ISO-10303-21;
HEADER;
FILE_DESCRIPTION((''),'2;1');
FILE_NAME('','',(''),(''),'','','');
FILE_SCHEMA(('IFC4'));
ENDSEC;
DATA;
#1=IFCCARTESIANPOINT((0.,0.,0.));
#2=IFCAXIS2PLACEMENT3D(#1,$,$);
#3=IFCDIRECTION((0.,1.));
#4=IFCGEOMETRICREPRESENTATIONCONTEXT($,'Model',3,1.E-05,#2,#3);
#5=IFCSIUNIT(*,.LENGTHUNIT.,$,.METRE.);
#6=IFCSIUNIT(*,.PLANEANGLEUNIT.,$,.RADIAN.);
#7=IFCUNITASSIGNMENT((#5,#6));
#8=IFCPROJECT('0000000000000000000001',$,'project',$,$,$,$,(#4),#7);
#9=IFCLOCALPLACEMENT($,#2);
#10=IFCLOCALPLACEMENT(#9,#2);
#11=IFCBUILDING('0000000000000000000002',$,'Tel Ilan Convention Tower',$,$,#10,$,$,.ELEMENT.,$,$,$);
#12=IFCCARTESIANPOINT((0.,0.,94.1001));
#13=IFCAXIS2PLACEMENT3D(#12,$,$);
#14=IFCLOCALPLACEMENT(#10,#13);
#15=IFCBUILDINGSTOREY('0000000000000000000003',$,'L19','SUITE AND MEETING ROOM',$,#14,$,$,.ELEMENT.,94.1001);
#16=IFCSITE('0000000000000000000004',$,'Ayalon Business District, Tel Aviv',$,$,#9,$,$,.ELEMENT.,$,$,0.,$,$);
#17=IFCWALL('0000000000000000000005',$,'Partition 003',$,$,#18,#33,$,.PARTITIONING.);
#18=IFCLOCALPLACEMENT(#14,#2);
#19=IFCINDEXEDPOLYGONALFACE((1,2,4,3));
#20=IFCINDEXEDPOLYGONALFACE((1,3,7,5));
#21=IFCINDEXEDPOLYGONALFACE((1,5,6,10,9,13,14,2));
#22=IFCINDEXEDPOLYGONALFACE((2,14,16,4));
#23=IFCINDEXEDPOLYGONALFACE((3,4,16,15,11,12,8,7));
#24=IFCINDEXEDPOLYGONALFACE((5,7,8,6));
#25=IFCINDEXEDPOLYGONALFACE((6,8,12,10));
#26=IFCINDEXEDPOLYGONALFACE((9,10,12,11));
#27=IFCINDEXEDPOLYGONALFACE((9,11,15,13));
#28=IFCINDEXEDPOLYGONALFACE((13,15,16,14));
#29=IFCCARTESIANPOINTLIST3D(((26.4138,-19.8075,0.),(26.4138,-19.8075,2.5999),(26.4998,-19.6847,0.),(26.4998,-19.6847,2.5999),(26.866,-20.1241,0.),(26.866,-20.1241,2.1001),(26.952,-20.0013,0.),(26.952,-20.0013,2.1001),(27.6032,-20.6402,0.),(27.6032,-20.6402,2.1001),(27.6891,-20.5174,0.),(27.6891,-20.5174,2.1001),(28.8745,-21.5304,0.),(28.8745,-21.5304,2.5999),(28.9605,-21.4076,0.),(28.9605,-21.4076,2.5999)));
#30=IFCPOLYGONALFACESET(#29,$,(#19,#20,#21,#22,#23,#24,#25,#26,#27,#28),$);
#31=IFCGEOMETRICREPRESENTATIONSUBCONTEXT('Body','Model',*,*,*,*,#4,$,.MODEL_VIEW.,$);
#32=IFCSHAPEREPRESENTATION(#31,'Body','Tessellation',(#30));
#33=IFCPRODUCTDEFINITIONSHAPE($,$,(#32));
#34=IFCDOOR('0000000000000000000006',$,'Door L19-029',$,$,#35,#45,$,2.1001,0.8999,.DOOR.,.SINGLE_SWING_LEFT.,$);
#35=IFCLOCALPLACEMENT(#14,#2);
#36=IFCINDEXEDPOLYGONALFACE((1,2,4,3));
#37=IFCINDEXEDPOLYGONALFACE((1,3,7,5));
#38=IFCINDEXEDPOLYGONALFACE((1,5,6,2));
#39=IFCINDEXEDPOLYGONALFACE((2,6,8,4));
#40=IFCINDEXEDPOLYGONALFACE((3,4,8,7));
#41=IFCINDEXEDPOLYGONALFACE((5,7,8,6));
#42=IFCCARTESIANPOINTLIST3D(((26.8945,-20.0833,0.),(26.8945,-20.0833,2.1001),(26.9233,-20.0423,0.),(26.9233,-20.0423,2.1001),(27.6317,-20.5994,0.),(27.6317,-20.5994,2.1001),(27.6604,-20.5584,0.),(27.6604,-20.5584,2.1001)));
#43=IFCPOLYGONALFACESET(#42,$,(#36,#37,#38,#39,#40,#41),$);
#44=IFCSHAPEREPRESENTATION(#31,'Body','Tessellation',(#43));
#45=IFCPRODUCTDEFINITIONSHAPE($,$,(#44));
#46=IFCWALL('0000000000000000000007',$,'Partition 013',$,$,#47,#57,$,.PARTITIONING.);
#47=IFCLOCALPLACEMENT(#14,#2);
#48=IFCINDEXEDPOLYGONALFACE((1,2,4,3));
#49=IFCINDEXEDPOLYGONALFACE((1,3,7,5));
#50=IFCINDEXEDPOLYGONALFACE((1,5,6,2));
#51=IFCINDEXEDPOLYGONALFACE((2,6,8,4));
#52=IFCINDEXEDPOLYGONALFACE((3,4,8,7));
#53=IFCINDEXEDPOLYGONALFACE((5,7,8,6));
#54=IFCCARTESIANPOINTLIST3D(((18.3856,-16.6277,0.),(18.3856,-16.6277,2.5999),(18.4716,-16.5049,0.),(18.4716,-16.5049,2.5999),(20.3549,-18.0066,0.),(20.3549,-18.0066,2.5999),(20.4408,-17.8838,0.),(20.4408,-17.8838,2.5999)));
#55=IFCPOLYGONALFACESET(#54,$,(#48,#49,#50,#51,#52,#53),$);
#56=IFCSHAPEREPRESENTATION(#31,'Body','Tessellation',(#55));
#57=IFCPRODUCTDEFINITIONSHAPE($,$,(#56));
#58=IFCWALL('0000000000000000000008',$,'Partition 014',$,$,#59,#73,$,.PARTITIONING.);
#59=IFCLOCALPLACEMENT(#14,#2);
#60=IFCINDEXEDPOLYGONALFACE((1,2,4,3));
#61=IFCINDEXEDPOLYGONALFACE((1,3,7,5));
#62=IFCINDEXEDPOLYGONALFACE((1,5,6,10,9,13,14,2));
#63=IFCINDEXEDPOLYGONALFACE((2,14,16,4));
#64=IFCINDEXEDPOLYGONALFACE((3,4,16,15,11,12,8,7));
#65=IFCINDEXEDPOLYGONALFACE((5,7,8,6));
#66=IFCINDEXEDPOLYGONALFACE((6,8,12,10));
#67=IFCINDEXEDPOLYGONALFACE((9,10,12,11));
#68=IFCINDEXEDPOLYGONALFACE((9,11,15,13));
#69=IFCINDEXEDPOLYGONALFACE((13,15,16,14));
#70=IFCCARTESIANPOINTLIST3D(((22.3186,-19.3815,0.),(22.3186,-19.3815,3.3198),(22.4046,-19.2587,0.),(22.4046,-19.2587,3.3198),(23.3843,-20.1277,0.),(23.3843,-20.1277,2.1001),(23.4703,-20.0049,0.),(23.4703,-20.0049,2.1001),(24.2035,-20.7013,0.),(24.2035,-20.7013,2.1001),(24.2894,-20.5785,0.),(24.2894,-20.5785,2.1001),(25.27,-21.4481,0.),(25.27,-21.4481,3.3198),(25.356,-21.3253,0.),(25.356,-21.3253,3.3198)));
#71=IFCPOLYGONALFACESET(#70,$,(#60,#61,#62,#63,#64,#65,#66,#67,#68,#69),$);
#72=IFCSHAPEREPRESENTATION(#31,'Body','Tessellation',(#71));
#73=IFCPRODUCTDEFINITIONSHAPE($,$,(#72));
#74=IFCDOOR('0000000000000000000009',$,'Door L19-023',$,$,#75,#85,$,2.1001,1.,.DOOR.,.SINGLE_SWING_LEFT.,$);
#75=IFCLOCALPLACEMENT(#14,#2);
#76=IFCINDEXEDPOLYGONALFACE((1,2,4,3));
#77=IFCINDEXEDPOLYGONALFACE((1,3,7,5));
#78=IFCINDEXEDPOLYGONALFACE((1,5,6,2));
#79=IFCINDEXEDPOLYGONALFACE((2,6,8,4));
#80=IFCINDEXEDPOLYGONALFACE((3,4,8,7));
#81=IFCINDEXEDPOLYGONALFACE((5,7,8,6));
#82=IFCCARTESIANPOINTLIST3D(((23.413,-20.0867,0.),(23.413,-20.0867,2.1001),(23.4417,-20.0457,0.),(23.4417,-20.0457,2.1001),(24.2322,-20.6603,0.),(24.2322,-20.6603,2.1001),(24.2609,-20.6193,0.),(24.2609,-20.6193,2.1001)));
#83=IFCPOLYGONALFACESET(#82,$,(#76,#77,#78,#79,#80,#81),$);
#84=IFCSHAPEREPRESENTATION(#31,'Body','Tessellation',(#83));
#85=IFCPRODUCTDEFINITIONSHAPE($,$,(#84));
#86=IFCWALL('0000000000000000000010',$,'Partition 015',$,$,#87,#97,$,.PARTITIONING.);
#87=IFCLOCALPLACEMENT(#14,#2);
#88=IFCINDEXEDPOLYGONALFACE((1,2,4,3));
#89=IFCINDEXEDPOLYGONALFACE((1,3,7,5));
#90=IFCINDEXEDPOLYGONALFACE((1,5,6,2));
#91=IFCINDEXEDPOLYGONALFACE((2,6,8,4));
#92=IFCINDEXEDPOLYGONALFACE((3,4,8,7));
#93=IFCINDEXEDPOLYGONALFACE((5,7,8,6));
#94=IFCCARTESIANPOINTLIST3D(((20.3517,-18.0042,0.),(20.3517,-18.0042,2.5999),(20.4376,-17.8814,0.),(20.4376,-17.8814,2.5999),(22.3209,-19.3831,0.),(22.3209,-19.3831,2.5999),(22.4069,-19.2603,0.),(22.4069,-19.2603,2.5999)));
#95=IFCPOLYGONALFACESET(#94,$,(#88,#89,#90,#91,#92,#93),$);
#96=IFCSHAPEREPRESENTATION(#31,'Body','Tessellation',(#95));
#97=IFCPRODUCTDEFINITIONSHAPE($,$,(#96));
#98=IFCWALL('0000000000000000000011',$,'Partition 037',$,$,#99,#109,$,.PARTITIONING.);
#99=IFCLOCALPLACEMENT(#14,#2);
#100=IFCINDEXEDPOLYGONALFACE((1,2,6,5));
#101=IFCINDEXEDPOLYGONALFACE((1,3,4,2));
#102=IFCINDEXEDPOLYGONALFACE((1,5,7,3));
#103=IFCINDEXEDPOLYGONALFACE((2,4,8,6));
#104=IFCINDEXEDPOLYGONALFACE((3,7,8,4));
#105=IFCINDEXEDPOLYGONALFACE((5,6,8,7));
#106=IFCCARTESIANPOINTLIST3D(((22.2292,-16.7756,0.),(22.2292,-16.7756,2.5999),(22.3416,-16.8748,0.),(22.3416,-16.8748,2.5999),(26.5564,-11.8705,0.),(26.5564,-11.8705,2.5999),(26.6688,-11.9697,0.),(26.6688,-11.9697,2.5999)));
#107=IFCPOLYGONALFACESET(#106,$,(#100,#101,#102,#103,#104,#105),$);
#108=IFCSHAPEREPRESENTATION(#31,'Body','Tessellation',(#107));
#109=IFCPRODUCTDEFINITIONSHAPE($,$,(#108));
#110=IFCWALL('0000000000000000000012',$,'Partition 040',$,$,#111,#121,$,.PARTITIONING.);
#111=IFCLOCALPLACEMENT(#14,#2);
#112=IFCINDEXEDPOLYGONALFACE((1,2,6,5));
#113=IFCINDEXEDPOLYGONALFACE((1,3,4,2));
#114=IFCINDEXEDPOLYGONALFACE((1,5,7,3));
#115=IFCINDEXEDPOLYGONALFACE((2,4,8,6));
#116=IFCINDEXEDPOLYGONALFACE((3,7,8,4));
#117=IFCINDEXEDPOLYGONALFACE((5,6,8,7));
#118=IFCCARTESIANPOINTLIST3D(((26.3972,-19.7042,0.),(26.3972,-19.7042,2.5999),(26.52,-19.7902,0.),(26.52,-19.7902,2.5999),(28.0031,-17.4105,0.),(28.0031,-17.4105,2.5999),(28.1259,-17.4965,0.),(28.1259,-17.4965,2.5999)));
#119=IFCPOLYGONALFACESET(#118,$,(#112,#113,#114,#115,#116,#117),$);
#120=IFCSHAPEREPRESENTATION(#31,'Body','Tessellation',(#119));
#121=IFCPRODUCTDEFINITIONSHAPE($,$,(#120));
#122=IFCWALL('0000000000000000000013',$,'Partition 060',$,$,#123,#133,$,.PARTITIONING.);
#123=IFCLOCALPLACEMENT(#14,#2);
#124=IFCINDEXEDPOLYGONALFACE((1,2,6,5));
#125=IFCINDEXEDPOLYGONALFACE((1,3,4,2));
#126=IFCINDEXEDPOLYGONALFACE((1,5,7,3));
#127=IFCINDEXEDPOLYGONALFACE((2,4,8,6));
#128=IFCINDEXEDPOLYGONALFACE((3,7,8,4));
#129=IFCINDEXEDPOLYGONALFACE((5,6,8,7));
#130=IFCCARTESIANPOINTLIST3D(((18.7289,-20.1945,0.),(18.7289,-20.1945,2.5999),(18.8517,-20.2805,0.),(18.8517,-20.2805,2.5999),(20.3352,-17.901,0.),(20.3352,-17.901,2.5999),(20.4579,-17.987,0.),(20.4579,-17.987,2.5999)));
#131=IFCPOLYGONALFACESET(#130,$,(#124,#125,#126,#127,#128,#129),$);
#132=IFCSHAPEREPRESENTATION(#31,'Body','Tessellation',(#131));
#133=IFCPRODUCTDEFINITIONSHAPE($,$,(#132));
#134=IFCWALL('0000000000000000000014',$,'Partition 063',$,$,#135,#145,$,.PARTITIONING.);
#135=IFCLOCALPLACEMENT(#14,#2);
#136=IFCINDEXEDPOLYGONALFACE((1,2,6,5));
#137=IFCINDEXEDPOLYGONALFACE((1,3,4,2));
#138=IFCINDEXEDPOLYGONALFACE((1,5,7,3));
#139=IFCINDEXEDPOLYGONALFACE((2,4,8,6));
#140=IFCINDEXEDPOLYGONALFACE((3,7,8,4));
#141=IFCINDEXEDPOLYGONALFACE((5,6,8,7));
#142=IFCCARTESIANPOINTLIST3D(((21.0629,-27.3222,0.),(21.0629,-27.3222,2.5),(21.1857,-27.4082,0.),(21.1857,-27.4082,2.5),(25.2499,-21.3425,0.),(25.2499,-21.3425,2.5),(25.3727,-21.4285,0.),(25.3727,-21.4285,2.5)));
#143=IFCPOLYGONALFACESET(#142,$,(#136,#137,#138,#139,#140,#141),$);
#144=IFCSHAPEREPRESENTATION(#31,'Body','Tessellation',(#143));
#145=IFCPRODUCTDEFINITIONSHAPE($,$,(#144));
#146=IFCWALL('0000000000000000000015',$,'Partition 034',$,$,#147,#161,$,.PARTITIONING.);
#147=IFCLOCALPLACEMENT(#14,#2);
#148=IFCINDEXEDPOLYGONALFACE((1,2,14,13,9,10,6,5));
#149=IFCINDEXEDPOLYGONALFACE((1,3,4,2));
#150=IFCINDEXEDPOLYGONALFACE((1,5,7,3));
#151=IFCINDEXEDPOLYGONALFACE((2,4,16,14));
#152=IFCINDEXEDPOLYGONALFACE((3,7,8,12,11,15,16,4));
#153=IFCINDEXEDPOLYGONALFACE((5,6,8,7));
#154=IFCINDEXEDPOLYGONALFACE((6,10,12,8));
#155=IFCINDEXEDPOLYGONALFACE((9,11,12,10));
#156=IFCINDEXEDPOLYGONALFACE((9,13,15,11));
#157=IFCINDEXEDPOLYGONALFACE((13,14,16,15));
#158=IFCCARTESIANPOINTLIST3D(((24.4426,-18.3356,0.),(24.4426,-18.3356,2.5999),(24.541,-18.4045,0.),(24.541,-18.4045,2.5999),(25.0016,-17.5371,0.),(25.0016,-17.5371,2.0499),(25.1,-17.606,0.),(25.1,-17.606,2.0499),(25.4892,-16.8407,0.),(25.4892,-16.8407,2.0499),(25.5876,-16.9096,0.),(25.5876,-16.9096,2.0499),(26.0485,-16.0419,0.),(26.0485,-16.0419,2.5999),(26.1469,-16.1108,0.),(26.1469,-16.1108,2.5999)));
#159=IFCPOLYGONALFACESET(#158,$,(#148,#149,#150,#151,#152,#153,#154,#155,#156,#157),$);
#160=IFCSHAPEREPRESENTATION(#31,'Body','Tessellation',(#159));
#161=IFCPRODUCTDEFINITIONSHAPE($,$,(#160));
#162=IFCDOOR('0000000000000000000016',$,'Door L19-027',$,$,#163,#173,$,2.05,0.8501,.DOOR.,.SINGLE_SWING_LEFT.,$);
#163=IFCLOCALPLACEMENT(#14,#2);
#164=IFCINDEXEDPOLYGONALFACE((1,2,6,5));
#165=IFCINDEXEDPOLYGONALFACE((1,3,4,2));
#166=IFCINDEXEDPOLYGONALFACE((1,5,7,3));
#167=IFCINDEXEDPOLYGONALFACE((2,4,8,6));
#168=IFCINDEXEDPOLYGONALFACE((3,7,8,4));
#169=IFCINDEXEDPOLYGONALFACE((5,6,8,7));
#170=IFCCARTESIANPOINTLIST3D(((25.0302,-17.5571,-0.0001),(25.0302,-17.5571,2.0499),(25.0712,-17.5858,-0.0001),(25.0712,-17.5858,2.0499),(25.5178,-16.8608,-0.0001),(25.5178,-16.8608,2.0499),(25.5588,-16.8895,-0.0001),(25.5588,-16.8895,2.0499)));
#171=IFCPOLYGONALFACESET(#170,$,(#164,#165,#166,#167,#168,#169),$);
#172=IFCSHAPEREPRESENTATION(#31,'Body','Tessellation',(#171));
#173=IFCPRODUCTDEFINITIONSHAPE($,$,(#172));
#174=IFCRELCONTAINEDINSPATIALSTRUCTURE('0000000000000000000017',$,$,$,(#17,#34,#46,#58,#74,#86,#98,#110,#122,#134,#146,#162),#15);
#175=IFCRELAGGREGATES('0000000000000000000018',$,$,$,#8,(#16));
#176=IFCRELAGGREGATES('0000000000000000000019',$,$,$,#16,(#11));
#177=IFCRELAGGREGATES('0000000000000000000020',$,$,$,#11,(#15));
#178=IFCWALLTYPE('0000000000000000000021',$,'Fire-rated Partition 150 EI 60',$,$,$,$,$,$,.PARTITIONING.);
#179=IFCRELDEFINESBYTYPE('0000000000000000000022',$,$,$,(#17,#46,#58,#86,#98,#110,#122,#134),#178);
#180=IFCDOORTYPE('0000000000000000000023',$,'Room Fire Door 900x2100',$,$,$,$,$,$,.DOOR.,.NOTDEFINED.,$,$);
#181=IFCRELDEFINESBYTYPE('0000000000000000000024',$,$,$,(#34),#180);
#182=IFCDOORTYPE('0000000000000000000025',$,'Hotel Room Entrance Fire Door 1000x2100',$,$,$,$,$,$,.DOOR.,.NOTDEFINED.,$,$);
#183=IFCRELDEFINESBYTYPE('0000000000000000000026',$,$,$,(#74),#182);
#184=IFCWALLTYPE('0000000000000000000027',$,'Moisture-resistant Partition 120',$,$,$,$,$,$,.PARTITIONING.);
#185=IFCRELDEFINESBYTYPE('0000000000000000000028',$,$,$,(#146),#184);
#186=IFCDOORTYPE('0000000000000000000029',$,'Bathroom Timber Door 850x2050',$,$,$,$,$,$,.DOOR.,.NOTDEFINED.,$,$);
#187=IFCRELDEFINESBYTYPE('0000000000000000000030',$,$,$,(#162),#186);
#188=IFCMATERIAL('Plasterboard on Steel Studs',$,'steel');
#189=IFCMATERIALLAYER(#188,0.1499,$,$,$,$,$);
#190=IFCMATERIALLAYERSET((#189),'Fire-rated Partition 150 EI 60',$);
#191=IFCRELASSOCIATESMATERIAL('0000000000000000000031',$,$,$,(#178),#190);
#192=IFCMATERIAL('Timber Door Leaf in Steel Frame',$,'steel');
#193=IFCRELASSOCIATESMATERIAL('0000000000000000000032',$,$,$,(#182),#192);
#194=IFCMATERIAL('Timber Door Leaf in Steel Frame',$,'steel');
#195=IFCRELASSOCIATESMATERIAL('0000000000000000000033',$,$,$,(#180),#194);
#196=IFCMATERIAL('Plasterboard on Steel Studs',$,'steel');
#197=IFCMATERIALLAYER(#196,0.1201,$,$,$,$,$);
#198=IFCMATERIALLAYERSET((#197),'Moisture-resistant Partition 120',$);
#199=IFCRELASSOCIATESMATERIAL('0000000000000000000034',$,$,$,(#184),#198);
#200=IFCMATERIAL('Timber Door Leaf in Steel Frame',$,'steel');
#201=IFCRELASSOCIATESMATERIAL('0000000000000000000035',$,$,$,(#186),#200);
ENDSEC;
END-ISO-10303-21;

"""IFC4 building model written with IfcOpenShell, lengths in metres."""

from ifc_helpers import new_model, si_unit, direction, frame, frame_2d, origin, place, context, subcontext, project, spatial, rectangle, extrude, material, layer, layer_set, type_object, element, fill, save


model = new_model("IFC4")

# Units and contexts
model_context = context("Model", 3, precision=1e-05, world=origin(), true_north=direction((0.0, 1.0)))
body_context = subcontext(model_context, "Body", "Model", "MODEL_VIEW")
ifc_project = project(units=[si_unit("LENGTHUNIT", "METRE"), si_unit("PLANEANGLEUNIT", "RADIAN")], contexts=[model_context])

# Site, building, storey
site_placement = place(None, origin())
site = spatial("IfcSite", under=ifc_project, at=site_placement, Name="Ayalon Business District, Tel Aviv", CompositionType="ELEMENT", RefElevation=0.0)
building_placement = place(site_placement, origin())
building = spatial("IfcBuilding", under=site, at=building_placement, Name="Tel Ilan Convention Tower", CompositionType="ELEMENT")
storey_placement = place(building_placement, frame((0.0, 0.0, 94.1001)))
storey = spatial("IfcBuildingStorey", under=building, at=storey_placement, Name="L19", Description="SUITE AND MEETING ROOM", CompositionType="ELEMENT", Elevation=94.1001)

# Shared definitions
ifc_material_1 = material(Name="Plasterboard on Steel Studs", Category="steel")
ifc_layer_1 = layer(ifc_material_1, 0.1499)
ifc_layer_set_1 = layer_set([ifc_layer_1], Name="Fire-rated Partition 150 EI 60")
wall_type_1 = type_object("IfcWallType", Name="Fire-rated Partition 150 EI 60", PredefinedType="PARTITIONING", material=ifc_layer_set_1)
ifc_material_2 = material(Name="Timber Door Leaf in Steel Frame", Category="steel")
door_type_1 = type_object("IfcDoorType", Name="Hotel Room Entrance Fire Door 1000x2100", OperationType="NOTDEFINED", PredefinedType="DOOR", material=ifc_material_2)

# Wall, opening, door
wall_1_placement = place(storey_placement, frame((26.4568, -19.7461, 0.0), z_axis=(0.0, 0.0, 1.0), x_axis=(0.819167, -0.573555, 0.0)))
wall_1 = element("IfcWall", 1, at=wall_1_placement, inside=storey, type_object=wall_type_1, Name="Partition 003", PredefinedType="PARTITIONING", context=body_context, shape_type="SweptSolid", body=[
    extrude(rectangle(XDim=3.0039, YDim=0.1499, at=frame_2d((1.502, 0.0))), origin(), (0.0, 0.0, 1.0), 2.5999),
])
opening_1_placement = place(wall_1_placement, frame((0.552, 0.0, 0.0)))
opening_1 = element("IfcOpeningElement", 2, at=opening_1_placement, cuts=wall_1, PredefinedType="OPENING", context=body_context, shape_type="SweptSolid", body=[
    extrude(rectangle(XDim=0.8999, YDim=2.1001, at=frame_2d((0.45, 1.05))), frame((0.0, 0.085, 0.0), z_axis=(0.0, -1.0, 0.0), x_axis=(1.0, 0.0, 0.0)), (0.0, 0.0, 1.0), 0.1699),
])
ifc_material_3 = material(Name="Timber Door Leaf in Steel Frame", Category="steel")
door_type_2 = type_object("IfcDoorType", Name="Room Fire Door 900x2100", OperationType="NOTDEFINED", PredefinedType="DOOR", material=ifc_material_3)
door_1_placement = place(opening_1_placement, origin())
door_1 = element("IfcDoor", 3, at=door_1_placement, inside=storey, type_object=door_type_2, Name="Door L19-029", OperationType="SINGLE_SWING_LEFT", OverallHeight=2.1001, OverallWidth=0.8999, PredefinedType="DOOR", context=body_context, shape_type="SweptSolid", body=[
    extrude(rectangle(XDim=0.8999, YDim=2.1001, at=frame_2d((0.45, 1.05))), frame((0.0, 0.0249, 0.0), z_axis=(0.0, -1.0, 0.0), x_axis=(1.0, 0.0, 0.0)), (0.0, 0.0, 1.0), 0.05),
])
fill(opening_1, door_1)

# Wall
wall_2_placement = place(storey_placement, frame((20.3979, -17.9453, 0.0), z_axis=(0.0, 0.0, 1.0), x_axis=(-0.819146, 0.573585, 0.0)))
element("IfcWall", 4, at=wall_2_placement, inside=storey, type_object=wall_type_1, Name="Partition 013", PredefinedType="PARTITIONING", context=body_context, shape_type="SweptSolid", body=[
    extrude(rectangle(XDim=2.4041, YDim=0.1499, at=frame_2d((1.2021, 0.0))), origin(), (0.0, 0.0, 1.0), 2.5999),
])

# Wall, opening, door
wall_3_placement = place(storey_placement, frame((25.313, -21.3867, 0.0), z_axis=(0.0, 0.0, 1.0), x_axis=(-0.819146, 0.573585, 0.0)))
wall_3 = element("IfcWall", 5, at=wall_3_placement, inside=storey, type_object=wall_type_1, Name="Partition 014", PredefinedType="PARTITIONING", context=body_context, shape_type="SweptSolid", body=[
    extrude(rectangle(XDim=3.603, YDim=0.1499, at=frame_2d((1.8015, 0.0))), origin(), (0.0, 0.0, 1.0), 3.3198),
])
opening_2_placement = place(wall_3_placement, frame((1.302, 0.0, 0.0)))
opening_2 = element("IfcOpeningElement", 6, at=opening_2_placement, cuts=wall_3, PredefinedType="OPENING", context=body_context, shape_type="SweptSolid", body=[
    extrude(rectangle(XDim=1.0, YDim=2.1001, at=frame_2d((0.5, 1.05))), frame((0.0, 0.085, 0.0), z_axis=(0.0, -1.0, 0.0), x_axis=(1.0, 0.0, 0.0)), (0.0, 0.0, 1.0), 0.1699),
])
door_2_placement = place(opening_2_placement, origin())
door_2 = element("IfcDoor", 7, at=door_2_placement, inside=storey, type_object=door_type_1, Name="Door L19-023", OperationType="SINGLE_SWING_LEFT", OverallHeight=2.1001, OverallWidth=1.0, PredefinedType="DOOR", context=body_context, shape_type="SweptSolid", body=[
    extrude(rectangle(XDim=1.0, YDim=2.1001, at=frame_2d((0.5, 1.05))), frame((0.0, 0.0249, 0.0), z_axis=(0.0, -1.0, 0.0), x_axis=(1.0, 0.0, 0.0)), (0.0, 0.0, 1.0), 0.05),
])
fill(opening_2, door_2)

# Walls
wall_4_placement = place(storey_placement, frame((22.364, -19.3218, 0.0), z_axis=(0.0, 0.0, 1.0), x_axis=(-0.819146, 0.573585, 0.0)))
element("IfcWall", 8, at=wall_4_placement, inside=storey, type_object=wall_type_1, Name="Partition 015", PredefinedType="PARTITIONING", context=body_context, shape_type="SweptSolid", body=[
    extrude(rectangle(XDim=2.4041, YDim=0.1499, at=frame_2d((1.2021, 0.0))), origin(), (0.0, 0.0, 1.0), 2.5999),
])
wall_5_placement = place(storey_placement, frame((22.2854, -16.8252, 0.0), z_axis=(0.0, 0.0, 1.0), x_axis=(0.661551, 0.7499, 0.0)))
element("IfcWall", 9, at=wall_5_placement, inside=storey, type_object=wall_type_1, Name="Partition 037", PredefinedType="PARTITIONING", context=body_context, shape_type="SweptSolid", body=[
    extrude(rectangle(XDim=6.541, YDim=0.1499, at=frame_2d((3.2705, 0.0))), origin(), (0.0, 0.0, 1.0), 2.5999),
])
for number, where, z_axis, x_axis, name in (
    (10, (28.0645, -17.4536, 0.0), (0.0, 0.0, 1.0), (-0.57355, -0.81917, 0.0), "Partition 040"),
    (11, (20.3965, -17.9441, 0.0), (0.0, 0.0, 1.0), (-0.57365, -0.819101, 0.0), "Partition 060"),
):
    element("IfcWall", number, at=place(storey_placement, frame(where, z_axis=z_axis, x_axis=x_axis)), inside=storey, type_object=wall_type_1, Name=name, PredefinedType="PARTITIONING", context=body_context, shape_type="SweptSolid", body=[
        extrude(rectangle(XDim=2.8, YDim=0.1499, at=frame_2d((1.3999, 0.0))), origin(), (0.0, 0.0, 1.0), 2.5999),
    ])
wall_6_placement = place(storey_placement, frame((25.3113, -21.3855, 0.0), z_axis=(0.0, 0.0, 1.0), x_axis=(-0.573572, -0.819155, 0.0)))
element("IfcWall", 12, at=wall_6_placement, inside=storey, type_object=wall_type_1, Name="Partition 063", PredefinedType="PARTITIONING", context=body_context, shape_type="SweptSolid", body=[
    extrude(rectangle(XDim=7.2998, YDim=0.1499, at=frame_2d((3.6499, 0.0))), origin(), (0.0, 0.0, 1.0), 2.5),
])

# Wall, opening, door
ifc_material_4 = material(Name="Plasterboard on Steel Studs", Category="steel")
ifc_layer_2 = layer(ifc_material_4, 0.1201)
ifc_layer_set_2 = layer_set([ifc_layer_2], Name="Moisture-resistant Partition 120")
wall_type_2 = type_object("IfcWallType", Name="Moisture-resistant Partition 120", PredefinedType="PARTITIONING", material=ifc_layer_set_2)
wall_7_placement = place(storey_placement, frame((26.0977, -16.0764, 0.0), z_axis=(0.0, 0.0, 1.0), x_axis=(-0.57355, -0.81917, 0.0)))
wall_7 = element("IfcWall", 13, at=wall_7_placement, inside=storey, type_object=wall_type_2, Name="Partition 034", PredefinedType="PARTITIONING", context=body_context, shape_type="SweptSolid", body=[
    extrude(rectangle(XDim=2.8, YDim=0.1201, at=frame_2d((1.3999, 0.0))), origin(), (0.0, 0.0, 1.0), 2.5999),
])
opening_3_placement = place(wall_7_placement, frame((0.9751, 0.0, 0.0)))
opening_3 = element("IfcOpeningElement", 14, at=opening_3_placement, cuts=wall_7, PredefinedType="OPENING", context=body_context, shape_type="SweptSolid", body=[
    extrude(rectangle(XDim=0.8501, YDim=2.05, at=frame_2d((0.425, 1.0249))), frame((0.0, 0.0701, 0.0), z_axis=(0.0, -1.0, 0.0), x_axis=(1.0, 0.0, 0.0)), (0.0, 0.0, 1.0), 0.1401),
])
ifc_material_5 = material(Name="Timber Door Leaf in Steel Frame", Category="steel")
door_type_3 = type_object("IfcDoorType", Name="Bathroom Timber Door 850x2050", OperationType="NOTDEFINED", PredefinedType="DOOR", material=ifc_material_5)
door_3_placement = place(opening_3_placement, origin())
door_3 = element("IfcDoor", 15, at=door_3_placement, inside=storey, type_object=door_type_3, Name="Door L19-027", OperationType="SINGLE_SWING_LEFT", OverallHeight=2.05, OverallWidth=0.8501, PredefinedType="DOOR", context=body_context, shape_type="SweptSolid", body=[
    extrude(rectangle(XDim=0.8501, YDim=2.05, at=frame_2d((0.425, 1.0249))), frame((0.0, 0.0249, 0.0), z_axis=(0.0, -1.0, 0.0), x_axis=(1.0, 0.0, 0.0)), (0.0, 0.0, 1.0), 0.05),
])
fill(opening_3, door_3)

save(model, "model.ifc")
